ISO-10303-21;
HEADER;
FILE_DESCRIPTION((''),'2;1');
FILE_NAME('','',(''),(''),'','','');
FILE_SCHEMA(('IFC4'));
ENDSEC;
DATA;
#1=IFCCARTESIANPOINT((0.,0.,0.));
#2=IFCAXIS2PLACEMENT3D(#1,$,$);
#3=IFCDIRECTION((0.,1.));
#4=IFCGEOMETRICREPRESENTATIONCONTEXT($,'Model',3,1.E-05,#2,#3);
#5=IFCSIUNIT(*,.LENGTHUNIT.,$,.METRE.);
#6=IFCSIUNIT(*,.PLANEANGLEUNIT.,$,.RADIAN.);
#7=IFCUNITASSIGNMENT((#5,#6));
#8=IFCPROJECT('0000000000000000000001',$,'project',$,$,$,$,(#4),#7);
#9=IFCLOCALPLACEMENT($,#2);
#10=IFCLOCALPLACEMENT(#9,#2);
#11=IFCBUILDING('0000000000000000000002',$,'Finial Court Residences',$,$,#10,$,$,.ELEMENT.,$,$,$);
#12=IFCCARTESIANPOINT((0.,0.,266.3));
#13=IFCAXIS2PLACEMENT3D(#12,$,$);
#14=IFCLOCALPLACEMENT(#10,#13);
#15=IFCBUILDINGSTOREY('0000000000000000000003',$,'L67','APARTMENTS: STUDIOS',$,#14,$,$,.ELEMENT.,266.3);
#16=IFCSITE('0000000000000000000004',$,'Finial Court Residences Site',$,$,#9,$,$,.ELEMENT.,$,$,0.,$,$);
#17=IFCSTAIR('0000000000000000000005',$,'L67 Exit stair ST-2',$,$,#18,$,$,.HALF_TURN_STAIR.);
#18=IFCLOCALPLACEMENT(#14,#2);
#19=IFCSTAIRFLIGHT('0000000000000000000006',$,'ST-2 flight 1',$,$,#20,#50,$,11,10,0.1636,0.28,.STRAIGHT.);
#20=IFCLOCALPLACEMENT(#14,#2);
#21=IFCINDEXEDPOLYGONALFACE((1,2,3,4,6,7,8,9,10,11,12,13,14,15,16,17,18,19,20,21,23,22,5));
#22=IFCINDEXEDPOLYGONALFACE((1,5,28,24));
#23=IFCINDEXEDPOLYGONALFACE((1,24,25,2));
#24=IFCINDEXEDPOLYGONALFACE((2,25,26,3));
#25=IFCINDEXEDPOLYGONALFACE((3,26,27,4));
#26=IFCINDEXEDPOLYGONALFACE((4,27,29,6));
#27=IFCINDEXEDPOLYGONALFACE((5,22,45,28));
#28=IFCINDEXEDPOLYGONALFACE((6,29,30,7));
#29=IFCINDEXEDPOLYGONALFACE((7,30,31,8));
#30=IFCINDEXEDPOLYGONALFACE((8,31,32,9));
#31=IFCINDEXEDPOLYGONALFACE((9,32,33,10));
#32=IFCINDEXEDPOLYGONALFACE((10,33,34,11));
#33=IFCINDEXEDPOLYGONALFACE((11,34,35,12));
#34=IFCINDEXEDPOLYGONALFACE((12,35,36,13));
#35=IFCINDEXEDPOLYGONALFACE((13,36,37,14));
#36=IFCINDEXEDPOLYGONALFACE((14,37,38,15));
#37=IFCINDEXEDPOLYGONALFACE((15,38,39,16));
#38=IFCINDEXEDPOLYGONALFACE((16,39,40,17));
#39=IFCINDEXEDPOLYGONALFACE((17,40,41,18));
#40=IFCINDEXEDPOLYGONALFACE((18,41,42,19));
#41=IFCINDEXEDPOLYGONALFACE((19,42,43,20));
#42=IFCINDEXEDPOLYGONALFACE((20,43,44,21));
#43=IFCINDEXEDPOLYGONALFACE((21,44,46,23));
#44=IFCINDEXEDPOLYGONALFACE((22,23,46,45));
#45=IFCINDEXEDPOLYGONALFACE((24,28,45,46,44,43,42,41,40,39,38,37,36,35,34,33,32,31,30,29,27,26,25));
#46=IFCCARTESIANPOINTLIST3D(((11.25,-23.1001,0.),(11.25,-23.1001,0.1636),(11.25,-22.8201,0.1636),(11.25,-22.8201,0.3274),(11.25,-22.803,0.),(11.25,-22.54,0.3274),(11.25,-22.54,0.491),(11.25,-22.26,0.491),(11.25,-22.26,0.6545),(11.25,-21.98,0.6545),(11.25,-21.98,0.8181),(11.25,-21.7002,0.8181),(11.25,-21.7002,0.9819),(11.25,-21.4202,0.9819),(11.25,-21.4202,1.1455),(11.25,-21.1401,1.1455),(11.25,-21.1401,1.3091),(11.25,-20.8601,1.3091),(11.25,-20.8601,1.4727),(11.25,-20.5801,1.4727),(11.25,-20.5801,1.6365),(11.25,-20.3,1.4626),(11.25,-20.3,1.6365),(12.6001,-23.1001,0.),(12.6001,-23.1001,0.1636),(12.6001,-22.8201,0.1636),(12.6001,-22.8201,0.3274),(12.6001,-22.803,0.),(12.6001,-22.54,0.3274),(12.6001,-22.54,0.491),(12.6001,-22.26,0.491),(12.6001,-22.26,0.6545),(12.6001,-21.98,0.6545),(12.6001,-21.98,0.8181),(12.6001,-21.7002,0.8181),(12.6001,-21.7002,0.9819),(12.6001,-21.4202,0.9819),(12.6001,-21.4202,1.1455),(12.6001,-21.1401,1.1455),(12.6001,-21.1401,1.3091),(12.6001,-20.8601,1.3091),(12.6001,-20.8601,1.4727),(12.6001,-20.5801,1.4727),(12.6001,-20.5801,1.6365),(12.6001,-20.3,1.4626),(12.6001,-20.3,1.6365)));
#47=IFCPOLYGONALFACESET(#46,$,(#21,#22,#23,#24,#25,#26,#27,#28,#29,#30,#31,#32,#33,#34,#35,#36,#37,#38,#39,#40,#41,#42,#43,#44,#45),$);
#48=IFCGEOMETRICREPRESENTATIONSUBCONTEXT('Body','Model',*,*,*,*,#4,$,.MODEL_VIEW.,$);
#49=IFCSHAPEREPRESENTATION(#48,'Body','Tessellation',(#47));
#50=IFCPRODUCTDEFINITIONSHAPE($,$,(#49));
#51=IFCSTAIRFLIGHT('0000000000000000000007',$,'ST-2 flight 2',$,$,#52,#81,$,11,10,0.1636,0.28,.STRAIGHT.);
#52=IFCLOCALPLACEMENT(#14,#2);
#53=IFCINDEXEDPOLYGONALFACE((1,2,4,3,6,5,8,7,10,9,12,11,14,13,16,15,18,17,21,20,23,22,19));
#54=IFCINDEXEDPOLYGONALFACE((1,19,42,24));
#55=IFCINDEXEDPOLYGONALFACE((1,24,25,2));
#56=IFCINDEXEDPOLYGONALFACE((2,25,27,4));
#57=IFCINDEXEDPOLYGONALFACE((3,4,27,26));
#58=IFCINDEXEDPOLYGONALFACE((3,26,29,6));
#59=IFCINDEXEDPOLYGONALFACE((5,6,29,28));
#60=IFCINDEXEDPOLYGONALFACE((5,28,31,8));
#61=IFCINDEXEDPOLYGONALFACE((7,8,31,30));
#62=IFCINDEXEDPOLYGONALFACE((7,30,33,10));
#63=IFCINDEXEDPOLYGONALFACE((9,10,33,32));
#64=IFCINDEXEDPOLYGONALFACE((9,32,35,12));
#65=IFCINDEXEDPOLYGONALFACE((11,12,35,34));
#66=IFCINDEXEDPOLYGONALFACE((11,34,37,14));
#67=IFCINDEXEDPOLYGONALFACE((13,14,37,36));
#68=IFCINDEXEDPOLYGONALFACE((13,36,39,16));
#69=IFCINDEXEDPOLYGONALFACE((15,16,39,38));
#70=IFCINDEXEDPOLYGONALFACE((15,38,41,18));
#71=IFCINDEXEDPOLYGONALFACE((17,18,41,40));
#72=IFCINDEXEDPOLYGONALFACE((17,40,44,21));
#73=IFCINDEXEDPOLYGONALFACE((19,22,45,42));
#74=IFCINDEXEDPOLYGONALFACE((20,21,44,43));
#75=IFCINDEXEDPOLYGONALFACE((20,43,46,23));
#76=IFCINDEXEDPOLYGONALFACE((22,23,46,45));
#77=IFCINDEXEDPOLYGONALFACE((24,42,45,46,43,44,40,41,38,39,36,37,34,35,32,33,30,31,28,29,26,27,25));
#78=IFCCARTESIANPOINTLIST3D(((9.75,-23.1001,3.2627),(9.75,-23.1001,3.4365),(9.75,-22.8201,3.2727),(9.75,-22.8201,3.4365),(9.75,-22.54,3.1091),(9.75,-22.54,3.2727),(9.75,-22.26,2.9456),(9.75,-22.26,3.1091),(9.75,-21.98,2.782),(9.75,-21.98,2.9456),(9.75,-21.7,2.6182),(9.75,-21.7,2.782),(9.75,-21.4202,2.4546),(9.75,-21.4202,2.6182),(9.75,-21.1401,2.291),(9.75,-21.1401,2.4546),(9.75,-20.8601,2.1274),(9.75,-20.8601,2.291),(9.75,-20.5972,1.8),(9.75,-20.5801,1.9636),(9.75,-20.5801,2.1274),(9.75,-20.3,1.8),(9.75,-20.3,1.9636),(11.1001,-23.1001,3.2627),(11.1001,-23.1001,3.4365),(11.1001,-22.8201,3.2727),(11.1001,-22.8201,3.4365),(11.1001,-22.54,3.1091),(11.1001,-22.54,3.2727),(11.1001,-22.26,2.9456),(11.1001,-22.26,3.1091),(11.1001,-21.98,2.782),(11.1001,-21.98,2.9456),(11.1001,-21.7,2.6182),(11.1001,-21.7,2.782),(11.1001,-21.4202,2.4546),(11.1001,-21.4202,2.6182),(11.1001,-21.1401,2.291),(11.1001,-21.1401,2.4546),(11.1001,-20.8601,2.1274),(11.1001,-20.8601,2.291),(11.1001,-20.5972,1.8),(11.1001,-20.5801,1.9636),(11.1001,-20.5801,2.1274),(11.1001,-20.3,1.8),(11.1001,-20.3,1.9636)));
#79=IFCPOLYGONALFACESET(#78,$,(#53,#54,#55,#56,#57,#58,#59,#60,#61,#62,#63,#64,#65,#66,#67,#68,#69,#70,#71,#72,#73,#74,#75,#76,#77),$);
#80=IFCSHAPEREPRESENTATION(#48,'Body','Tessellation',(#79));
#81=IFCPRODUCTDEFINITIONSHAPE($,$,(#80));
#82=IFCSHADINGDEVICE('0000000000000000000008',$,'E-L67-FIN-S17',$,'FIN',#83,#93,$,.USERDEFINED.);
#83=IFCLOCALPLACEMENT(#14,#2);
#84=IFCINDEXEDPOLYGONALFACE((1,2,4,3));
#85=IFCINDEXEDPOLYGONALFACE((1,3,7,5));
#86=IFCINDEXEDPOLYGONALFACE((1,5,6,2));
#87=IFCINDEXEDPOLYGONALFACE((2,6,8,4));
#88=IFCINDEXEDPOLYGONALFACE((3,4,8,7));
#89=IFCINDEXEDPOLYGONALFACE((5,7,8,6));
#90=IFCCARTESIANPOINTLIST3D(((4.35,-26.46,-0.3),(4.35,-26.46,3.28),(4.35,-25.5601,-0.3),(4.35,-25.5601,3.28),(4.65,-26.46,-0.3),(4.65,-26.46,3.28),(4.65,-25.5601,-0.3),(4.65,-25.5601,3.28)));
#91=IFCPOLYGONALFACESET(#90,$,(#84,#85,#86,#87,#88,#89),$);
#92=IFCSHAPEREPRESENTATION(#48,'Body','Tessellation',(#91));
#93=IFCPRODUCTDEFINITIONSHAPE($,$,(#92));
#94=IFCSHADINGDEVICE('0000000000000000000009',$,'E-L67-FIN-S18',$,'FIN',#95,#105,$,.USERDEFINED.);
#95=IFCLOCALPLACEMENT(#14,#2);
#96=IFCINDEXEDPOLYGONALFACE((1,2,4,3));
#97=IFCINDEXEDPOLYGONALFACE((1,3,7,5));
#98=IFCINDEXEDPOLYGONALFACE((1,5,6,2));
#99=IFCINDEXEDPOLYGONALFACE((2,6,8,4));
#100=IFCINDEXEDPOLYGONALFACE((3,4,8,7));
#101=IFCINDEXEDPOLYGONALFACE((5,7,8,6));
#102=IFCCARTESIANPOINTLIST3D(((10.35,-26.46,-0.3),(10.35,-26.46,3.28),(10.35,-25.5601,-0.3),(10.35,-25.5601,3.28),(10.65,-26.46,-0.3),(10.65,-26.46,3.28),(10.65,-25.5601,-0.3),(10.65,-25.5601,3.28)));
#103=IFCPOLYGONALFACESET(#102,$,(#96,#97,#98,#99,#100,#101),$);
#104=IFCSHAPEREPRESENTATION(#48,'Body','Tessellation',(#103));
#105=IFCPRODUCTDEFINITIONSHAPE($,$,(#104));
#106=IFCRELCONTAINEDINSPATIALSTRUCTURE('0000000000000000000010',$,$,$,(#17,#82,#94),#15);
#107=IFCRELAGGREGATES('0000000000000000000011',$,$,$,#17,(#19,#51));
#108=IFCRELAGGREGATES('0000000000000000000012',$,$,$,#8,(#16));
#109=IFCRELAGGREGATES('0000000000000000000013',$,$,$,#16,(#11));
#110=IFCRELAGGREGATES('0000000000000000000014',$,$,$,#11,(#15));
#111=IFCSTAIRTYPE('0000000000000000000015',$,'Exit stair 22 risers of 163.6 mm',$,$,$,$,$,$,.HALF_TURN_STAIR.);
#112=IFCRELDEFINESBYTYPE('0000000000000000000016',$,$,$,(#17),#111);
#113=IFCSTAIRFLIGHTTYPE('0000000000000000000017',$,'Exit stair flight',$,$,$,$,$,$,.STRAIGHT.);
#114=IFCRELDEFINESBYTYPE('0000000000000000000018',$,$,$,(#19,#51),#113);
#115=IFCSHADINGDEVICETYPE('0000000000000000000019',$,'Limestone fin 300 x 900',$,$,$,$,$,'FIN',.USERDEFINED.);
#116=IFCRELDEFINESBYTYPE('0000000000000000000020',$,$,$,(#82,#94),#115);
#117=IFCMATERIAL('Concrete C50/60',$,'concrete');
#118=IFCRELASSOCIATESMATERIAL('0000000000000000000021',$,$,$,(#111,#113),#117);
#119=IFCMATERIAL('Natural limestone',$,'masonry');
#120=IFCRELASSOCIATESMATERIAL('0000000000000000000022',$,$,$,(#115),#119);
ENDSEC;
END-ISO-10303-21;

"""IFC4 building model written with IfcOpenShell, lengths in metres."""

from ifc_helpers import new_model, si_unit, direction, frame, origin, origin_2d, place, context, subcontext, project, spatial, polyline, rectangle, outline, extrude, material, type_object, element, aggregate, save


model = new_model("IFC4")

# Units and contexts
model_context = context("Model", 3, precision=1e-05, world=origin(), true_north=direction((0.0, 1.0)))
body_context = subcontext(model_context, "Body", "Model", "MODEL_VIEW")
ifc_project = project(units=[si_unit("LENGTHUNIT", "METRE"), si_unit("PLANEANGLEUNIT", "RADIAN")], contexts=[model_context])

# Site, building, storey
site_placement = place(None, origin())
site = spatial("IfcSite", under=ifc_project, at=site_placement, Name="Finial Court Residences Site", CompositionType="ELEMENT", RefElevation=0.0)
building_placement = place(site_placement, origin())
building = spatial("IfcBuilding", under=site, at=building_placement, Name="Finial Court Residences", CompositionType="ELEMENT")
storey_placement = place(building_placement, frame((0.0, 0.0, 266.3)))
storey = spatial("IfcBuildingStorey", under=building, at=storey_placement, Name="L67", Description="APARTMENTS: STUDIOS", CompositionType="ELEMENT", Elevation=266.3)

# Shared definitions
ifc_material_1 = material(Name="Concrete C50/60", Category="concrete")

# Stair, stair flights
stair_type = type_object("IfcStairType", Name="Exit stair 22 risers of 163.6 mm", PredefinedType="HALF_TURN_STAIR", material=ifc_material_1)
stair_placement = place(storey_placement, origin())
stair = element("IfcStair", 1, at=stair_placement, inside=storey, type_object=stair_type, Name="L67 Exit stair ST-2", PredefinedType="HALF_TURN_STAIR")
stair_flight_type = type_object("IfcStairFlightType", Name="Exit stair flight", PredefinedType="STRAIGHT", material=ifc_material_1)
stair_flight_1_placement = place(storey_placement, frame((11.925, -23.1001, 0.0), z_axis=(0.0, 0.0, 1.0), x_axis=(0.0, 1.0, 0.0)))
stair_flight_1 = element("IfcStairFlight", 2, at=stair_flight_1_placement, type_object=stair_flight_type, Name="ST-2 flight 1", NumberOfRisers=11, NumberOfTreads=10, PredefinedType="STRAIGHT", RiserHeight=0.1636, TreadLength=0.28, context=body_context, shape_type="SweptSolid", body=[
    extrude(outline(polyline([(0.0, 0.0), (0.0, 0.1636), (0.28, 0.1636), (0.28, 0.3274), (0.5601, 0.3274), (0.5601, 0.491), (0.8401, 0.491), (0.8401, 0.6545), (1.1201, 0.6545), (1.1201, 0.8181), (1.3999, 0.8181), (1.3999, 0.9819), (1.6799, 0.9819), (1.6799, 1.1455), (1.96, 1.1455), (1.96, 1.3091), (2.24, 1.3091), (2.24, 1.4727), (2.52, 1.4727), (2.52, 1.6365), (2.8, 1.6365), (2.8, 1.8), (2.8, 1.4626), (0.2971, 0.0), (0.0, 0.0)])), frame((0.0, 0.675, 0.0), z_axis=(0.0, -1.0, 0.0), x_axis=(1.0, 0.0, 0.0)), (0.0, 0.0, 1.0), 1.3501),
])
stair_flight_2_placement = place(storey_placement, frame((10.425, -20.3, 1.8), z_axis=(0.0, 0.0, 1.0), x_axis=(0.0, -1.0, 0.0)))
stair_flight_2 = element("IfcStairFlight", 3, at=stair_flight_2_placement, type_object=stair_flight_type, Name="ST-2 flight 2", NumberOfRisers=11, NumberOfTreads=10, PredefinedType="STRAIGHT", RiserHeight=0.1636, TreadLength=0.28, context=body_context, shape_type="SweptSolid", body=[
    extrude(outline(polyline([(0.0, 0.0), (0.0, 0.1636), (0.28, 0.1636), (0.28, 0.3274), (0.5601, 0.3274), (0.5601, 0.491), (0.8401, 0.491), (0.8401, 0.6545), (1.1201, 0.6545), (1.1201, 0.8181), (1.3999, 0.8181), (1.3999, 0.9819), (1.6799, 0.9819), (1.6799, 1.1455), (1.96, 1.1455), (1.96, 1.3091), (2.24, 1.3091), (2.24, 1.4727), (2.52, 1.4727), (2.52, 1.6365), (2.8, 1.6365), (2.8, 1.8), (2.8, 1.4626), (0.2971, 0.0), (0.0, 0.0)])), frame((0.0, 0.675, 0.0), z_axis=(0.0, -1.0, 0.0), x_axis=(1.0, 0.0, 0.0)), (0.0, 0.0, 1.0), 1.3501),
])
aggregate(stair, [stair_flight_1, stair_flight_2])

# Shading devices
ifc_material_2 = material(Name="Natural limestone", Category="masonry")
shading_device_type = type_object("IfcShadingDeviceType", Name="Limestone fin 300 x 900", ElementType="FIN", PredefinedType="USERDEFINED", material=ifc_material_2)
for number, where, z_axis, x_axis, name in (
    (4, (4.5, -26.01, -0.3), (0.0, 0.0, 1.0), (1.0, 0.0, 0.0), "E-L67-FIN-S17"),
    (5, (10.5, -26.01, -0.3), (0.0, 0.0, 1.0), (1.0, 0.0, 0.0), "E-L67-FIN-S18"),
):
    element("IfcShadingDevice", number, at=place(storey_placement, frame(where, z_axis=z_axis, x_axis=x_axis)), inside=storey, type_object=shading_device_type, Name=name, ObjectType="FIN", PredefinedType="USERDEFINED", context=body_context, shape_type="SweptSolid", body=[
        extrude(rectangle(XDim=0.3, YDim=0.8999, at=origin_2d()), origin(), (0.0, 0.0, 1.0), 3.5801),
    ])

save(model, "model.ifc")
